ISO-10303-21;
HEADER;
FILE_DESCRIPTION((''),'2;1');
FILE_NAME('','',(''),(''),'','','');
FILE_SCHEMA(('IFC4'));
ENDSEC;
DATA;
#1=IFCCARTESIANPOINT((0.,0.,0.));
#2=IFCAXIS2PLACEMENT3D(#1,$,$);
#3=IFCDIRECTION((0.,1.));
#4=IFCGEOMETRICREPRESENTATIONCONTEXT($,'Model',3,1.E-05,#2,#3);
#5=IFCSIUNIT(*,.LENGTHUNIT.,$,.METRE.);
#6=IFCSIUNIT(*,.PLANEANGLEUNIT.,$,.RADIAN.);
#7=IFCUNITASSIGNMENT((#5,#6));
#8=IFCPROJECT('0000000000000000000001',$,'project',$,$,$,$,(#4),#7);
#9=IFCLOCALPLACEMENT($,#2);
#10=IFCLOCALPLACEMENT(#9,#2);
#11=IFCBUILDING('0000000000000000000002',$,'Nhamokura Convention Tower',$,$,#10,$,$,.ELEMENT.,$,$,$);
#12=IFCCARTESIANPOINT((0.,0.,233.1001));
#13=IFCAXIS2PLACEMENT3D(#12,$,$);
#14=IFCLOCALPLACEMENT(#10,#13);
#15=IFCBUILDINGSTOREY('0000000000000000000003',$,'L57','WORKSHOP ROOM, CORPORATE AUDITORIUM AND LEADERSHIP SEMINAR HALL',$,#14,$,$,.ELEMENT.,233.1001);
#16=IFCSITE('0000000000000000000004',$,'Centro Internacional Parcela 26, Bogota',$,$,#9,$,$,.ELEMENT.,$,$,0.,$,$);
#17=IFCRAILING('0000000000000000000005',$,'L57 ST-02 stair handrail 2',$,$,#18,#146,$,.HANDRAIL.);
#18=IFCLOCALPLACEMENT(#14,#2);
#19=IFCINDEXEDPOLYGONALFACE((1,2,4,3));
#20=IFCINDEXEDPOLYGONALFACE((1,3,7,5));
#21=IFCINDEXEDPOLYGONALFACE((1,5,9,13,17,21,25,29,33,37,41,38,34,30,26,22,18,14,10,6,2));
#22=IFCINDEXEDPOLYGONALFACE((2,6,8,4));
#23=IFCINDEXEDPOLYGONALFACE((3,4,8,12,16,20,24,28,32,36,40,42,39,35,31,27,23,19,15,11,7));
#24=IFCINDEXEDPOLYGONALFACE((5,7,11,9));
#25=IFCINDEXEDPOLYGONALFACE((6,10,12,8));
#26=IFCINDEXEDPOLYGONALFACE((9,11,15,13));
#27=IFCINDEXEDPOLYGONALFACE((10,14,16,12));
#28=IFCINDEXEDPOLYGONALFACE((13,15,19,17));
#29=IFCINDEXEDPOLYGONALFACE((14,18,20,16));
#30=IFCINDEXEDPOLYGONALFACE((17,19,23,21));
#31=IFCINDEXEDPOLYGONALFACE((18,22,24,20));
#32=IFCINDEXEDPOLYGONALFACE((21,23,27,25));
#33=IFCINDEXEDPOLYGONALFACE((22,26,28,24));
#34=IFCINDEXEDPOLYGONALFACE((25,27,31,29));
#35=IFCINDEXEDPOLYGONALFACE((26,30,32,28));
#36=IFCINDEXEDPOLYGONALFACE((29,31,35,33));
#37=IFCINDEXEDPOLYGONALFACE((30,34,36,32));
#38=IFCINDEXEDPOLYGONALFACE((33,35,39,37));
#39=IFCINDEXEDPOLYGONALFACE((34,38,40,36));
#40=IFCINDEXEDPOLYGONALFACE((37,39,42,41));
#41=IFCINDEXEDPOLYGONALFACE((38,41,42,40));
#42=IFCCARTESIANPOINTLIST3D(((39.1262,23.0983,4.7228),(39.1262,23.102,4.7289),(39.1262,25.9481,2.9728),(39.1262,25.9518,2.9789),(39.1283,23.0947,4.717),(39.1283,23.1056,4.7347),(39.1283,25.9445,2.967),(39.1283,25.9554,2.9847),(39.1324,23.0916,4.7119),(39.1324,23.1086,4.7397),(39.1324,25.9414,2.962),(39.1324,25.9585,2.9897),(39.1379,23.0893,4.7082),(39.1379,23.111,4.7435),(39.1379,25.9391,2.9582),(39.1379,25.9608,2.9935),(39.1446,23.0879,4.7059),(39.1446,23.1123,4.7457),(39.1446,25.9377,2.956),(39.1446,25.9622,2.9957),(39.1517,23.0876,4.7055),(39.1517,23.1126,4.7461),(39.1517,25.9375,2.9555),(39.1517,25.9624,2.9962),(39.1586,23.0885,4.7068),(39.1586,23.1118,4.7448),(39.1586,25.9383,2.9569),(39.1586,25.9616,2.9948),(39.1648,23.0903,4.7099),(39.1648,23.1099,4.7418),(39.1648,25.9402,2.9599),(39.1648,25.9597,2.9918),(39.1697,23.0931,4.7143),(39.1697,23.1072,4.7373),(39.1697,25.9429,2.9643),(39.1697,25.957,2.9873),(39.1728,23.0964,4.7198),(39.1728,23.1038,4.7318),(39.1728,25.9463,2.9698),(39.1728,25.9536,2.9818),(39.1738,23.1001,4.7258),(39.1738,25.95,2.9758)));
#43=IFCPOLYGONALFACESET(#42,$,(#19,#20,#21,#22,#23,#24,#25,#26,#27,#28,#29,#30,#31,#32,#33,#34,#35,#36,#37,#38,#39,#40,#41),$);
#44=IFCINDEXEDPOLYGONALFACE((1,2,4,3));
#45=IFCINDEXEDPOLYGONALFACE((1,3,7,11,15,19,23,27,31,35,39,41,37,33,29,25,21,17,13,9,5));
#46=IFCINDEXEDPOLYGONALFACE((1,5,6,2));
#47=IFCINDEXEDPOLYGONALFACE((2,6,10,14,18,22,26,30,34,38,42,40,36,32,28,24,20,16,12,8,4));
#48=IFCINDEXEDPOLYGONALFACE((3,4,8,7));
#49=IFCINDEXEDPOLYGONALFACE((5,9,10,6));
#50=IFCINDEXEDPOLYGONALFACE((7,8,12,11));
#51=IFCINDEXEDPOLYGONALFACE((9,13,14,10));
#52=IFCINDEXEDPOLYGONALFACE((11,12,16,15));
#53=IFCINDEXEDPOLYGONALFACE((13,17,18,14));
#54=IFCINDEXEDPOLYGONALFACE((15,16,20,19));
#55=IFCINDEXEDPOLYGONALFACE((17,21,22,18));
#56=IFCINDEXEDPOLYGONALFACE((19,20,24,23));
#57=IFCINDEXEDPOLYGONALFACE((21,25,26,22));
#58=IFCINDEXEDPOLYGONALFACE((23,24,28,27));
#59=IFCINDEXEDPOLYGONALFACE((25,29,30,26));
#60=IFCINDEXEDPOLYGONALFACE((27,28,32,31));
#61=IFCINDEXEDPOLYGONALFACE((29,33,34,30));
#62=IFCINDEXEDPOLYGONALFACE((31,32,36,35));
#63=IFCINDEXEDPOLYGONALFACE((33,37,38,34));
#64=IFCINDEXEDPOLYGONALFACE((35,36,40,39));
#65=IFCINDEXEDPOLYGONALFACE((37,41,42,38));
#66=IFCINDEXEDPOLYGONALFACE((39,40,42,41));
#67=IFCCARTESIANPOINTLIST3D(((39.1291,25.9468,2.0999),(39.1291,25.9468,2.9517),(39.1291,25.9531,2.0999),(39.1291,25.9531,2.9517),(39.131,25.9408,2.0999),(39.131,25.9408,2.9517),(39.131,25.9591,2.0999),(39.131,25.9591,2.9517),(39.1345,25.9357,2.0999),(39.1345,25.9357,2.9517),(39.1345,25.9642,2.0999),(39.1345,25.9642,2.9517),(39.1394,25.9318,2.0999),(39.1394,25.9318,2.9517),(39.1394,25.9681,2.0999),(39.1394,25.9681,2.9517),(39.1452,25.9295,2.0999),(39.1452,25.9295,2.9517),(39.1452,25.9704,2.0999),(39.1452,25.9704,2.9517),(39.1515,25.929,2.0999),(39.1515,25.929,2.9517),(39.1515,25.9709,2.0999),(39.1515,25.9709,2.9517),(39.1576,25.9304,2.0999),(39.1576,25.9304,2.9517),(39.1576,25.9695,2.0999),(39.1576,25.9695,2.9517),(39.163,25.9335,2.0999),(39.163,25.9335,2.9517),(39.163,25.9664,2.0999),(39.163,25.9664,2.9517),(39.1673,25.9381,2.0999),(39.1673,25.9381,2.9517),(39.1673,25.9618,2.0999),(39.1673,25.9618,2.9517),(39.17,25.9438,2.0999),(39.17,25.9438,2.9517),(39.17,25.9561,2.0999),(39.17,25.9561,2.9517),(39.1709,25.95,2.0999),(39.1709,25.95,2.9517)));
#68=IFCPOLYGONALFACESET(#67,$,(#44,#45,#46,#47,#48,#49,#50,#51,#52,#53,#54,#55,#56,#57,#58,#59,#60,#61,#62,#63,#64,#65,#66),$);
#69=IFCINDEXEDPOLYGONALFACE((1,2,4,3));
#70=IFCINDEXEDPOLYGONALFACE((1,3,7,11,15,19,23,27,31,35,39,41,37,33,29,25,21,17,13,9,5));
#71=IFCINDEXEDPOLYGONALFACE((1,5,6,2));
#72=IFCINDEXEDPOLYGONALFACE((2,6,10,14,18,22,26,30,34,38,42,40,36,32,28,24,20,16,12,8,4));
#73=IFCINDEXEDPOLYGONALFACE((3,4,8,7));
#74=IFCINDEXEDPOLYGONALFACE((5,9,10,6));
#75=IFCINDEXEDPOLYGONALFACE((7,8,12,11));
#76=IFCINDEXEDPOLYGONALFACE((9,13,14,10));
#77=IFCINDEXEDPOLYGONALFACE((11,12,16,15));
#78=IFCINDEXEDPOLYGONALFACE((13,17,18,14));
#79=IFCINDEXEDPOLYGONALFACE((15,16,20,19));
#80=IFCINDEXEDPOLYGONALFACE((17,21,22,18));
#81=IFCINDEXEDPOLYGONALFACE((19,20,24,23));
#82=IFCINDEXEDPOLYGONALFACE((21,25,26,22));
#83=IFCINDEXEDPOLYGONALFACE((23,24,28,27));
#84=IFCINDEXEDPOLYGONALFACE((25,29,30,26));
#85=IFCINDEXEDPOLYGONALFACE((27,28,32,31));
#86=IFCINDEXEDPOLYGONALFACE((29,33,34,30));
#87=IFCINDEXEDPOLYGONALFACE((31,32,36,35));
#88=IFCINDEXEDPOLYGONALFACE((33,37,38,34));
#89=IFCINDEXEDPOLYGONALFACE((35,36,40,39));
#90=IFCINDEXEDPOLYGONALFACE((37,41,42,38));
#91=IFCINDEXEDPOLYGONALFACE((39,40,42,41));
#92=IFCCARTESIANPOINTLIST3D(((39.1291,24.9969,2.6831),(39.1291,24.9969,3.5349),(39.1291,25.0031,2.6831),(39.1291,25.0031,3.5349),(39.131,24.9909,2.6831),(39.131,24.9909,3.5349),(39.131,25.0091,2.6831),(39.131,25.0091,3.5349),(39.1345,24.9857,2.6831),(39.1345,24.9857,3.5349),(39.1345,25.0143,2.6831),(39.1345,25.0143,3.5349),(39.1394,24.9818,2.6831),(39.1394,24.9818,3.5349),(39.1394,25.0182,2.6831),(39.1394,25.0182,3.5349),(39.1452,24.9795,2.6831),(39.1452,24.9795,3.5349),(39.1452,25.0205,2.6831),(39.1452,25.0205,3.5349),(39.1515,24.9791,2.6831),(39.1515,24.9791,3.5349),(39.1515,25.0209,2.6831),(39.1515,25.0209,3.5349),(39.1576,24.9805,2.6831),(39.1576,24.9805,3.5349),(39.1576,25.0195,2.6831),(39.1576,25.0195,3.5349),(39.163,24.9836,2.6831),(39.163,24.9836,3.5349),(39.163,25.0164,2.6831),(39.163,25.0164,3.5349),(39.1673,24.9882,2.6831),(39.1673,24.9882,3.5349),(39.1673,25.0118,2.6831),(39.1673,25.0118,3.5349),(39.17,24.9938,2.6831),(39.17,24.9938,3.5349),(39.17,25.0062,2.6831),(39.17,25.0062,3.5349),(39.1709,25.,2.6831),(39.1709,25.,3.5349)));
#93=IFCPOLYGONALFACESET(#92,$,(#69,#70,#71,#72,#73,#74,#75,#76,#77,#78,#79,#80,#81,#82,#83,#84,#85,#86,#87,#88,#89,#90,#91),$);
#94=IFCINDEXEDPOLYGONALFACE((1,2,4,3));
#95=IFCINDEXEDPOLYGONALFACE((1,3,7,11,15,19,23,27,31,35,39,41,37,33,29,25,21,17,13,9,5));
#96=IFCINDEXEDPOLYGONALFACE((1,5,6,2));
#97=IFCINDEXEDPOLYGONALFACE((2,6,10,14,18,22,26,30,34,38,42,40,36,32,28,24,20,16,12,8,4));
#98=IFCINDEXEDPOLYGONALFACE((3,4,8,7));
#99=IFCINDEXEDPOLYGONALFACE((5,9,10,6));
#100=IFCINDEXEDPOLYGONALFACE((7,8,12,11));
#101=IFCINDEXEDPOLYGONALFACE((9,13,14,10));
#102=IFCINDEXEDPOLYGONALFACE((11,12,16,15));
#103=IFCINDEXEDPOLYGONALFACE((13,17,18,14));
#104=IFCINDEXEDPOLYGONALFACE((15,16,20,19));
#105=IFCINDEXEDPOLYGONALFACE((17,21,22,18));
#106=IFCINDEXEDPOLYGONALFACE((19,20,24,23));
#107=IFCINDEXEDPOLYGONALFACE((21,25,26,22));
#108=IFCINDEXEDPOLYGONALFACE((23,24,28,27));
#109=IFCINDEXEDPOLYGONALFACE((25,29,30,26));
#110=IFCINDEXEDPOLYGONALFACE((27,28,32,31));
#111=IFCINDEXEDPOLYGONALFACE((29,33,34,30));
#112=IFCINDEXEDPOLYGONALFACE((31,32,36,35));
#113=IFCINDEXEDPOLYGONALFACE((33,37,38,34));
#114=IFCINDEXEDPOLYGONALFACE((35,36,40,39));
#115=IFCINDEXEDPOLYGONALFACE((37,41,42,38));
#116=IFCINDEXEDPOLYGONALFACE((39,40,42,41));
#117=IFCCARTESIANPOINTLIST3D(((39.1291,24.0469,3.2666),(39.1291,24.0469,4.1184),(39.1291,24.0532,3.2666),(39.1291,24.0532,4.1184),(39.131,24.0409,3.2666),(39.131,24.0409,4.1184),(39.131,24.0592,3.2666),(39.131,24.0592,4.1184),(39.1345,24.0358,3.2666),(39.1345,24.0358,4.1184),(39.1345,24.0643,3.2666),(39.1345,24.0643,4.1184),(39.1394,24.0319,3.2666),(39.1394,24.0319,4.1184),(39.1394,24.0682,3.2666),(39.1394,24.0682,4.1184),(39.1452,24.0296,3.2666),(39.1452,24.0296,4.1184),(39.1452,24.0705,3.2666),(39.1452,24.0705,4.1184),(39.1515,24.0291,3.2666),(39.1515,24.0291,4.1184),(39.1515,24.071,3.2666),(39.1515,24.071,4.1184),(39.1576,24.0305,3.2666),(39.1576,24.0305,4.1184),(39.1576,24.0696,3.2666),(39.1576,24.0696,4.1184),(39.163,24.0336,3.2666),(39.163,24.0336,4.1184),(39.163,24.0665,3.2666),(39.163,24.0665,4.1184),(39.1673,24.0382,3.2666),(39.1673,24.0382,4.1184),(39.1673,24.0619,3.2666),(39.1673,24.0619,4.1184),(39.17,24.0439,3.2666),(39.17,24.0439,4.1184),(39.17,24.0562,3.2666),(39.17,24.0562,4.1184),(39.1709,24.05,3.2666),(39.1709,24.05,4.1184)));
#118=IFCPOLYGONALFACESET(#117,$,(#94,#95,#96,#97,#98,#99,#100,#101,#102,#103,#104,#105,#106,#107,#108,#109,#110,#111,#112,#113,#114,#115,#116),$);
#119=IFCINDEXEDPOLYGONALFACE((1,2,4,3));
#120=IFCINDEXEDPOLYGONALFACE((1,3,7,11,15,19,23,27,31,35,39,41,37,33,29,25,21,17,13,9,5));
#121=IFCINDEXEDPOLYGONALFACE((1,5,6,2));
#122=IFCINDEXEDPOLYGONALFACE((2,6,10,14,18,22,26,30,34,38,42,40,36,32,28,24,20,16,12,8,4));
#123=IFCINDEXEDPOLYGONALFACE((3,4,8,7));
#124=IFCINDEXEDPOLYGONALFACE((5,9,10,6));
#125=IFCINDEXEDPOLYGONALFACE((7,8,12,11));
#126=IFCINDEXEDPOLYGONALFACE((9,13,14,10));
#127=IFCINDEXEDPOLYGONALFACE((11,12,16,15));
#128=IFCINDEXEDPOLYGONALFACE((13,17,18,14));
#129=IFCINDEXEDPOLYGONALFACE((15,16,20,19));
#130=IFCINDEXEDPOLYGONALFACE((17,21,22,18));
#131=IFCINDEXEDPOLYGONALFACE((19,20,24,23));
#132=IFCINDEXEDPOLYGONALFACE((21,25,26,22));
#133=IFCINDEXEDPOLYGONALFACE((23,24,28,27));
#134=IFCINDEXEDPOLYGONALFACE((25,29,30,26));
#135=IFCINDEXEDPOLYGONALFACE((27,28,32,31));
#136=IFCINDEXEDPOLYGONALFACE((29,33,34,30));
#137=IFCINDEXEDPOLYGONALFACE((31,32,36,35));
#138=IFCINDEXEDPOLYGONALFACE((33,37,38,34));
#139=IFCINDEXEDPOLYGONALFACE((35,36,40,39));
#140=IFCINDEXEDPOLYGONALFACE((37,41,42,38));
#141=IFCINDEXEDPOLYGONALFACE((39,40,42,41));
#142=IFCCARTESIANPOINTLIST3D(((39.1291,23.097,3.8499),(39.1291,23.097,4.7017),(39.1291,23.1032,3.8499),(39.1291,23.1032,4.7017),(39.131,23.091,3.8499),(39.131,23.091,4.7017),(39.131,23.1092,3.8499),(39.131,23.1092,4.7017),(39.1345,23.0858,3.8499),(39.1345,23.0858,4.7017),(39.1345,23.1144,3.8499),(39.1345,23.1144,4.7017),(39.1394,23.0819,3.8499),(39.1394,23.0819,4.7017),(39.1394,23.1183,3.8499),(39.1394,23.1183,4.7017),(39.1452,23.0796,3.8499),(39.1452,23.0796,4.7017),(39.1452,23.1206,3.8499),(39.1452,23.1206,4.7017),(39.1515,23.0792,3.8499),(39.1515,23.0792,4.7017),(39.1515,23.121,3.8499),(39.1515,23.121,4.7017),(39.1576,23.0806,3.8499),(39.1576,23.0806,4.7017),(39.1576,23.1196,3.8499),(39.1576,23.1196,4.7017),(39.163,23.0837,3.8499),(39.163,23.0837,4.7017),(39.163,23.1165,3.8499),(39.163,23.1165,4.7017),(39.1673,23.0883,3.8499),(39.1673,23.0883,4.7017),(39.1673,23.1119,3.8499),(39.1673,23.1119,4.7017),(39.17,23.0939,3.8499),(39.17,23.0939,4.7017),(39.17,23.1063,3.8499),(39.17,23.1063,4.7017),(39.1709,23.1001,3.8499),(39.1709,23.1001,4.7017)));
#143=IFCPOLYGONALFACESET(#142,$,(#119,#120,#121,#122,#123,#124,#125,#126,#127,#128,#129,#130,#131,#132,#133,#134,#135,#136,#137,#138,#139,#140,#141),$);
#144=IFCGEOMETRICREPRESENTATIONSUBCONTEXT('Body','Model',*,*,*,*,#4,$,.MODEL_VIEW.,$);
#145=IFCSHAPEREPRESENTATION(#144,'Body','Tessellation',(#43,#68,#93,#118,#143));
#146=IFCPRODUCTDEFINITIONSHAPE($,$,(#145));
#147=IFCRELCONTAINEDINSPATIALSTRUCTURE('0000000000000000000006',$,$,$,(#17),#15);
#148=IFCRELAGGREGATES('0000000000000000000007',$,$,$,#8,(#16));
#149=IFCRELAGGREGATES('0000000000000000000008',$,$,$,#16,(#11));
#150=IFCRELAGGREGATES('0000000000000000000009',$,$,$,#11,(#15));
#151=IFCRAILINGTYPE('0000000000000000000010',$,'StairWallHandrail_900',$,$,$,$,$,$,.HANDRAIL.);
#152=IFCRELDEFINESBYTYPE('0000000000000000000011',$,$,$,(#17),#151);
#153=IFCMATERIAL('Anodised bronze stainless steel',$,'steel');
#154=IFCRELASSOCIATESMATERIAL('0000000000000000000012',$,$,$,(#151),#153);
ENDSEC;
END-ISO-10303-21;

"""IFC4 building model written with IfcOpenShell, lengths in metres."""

from ifc_helpers import new_model, si_unit, direction, frame, origin, origin_2d, place, context, subcontext, project, spatial, circle, extrude, material, type_object, element, save


model = new_model("IFC4")

# Units and contexts
model_context = context("Model", 3, precision=1e-05, world=origin(), true_north=direction((0.0, 1.0)))
body_context = subcontext(model_context, "Body", "Model", "MODEL_VIEW")
ifc_project = project(units=[si_unit("LENGTHUNIT", "METRE"), si_unit("PLANEANGLEUNIT", "RADIAN")], contexts=[model_context])

# Site, building, storey
site_placement = place(None, origin())
site = spatial("IfcSite", under=ifc_project, at=site_placement, Name="Centro Internacional Parcela 26, Bogota", CompositionType="ELEMENT", RefElevation=0.0)
building_placement = place(site_placement, origin())
building = spatial("IfcBuilding", under=site, at=building_placement, Name="Nhamokura Convention Tower", CompositionType="ELEMENT")
storey_placement = place(building_placement, frame((0.0, 0.0, 233.1001)))
storey = spatial("IfcBuildingStorey", under=building, at=storey_placement, Name="L57", Description="WORKSHOP ROOM, CORPORATE AUDITORIUM AND LEADERSHIP SEMINAR HALL", CompositionType="ELEMENT", Elevation=233.1001)

# Railing
ifc_material_1 = material(Name="Anodised bronze stainless steel", Category="steel")
railing_type_1 = type_object("IfcRailingType", Name="StairWallHandrail_900", PredefinedType="HANDRAIL", material=ifc_material_1)
railing_1_placement = place(storey_placement, frame((39.1499, 25.95, 2.0999)))
element("IfcRailing", 1, at=railing_1_placement, inside=storey, type_object=railing_type_1, Name="L57 ST-02 stair handrail 2", PredefinedType="HANDRAIL", context=body_context, shape_type="SweptSolid", body=[
    extrude(circle(Radius=0.0239, at=origin_2d()), frame((0.0, 0.0, 0.876), z_axis=(0.0, -0.852159, 0.523283), x_axis=(1.0, 0.0, 0.0)), (0.0, 0.0, 1.0), 3.3442),
    extrude(circle(Radius=0.021, at=origin_2d()), origin(), (0.0, 0.0, 1.0), 0.8518),
    extrude(circle(Radius=0.021, at=origin_2d()), frame((0.0, -0.95, 0.5833)), (0.0, 0.0, 1.0), 0.8518),
    extrude(circle(Radius=0.021, at=origin_2d()), frame((0.0, -1.8999, 1.1667)), (0.0, 0.0, 1.0), 0.8518),
    extrude(circle(Radius=0.021, at=origin_2d()), frame((0.0, -2.8499, 1.75)), (0.0, 0.0, 1.0), 0.8518),
])

save(model, "model.ifc")
